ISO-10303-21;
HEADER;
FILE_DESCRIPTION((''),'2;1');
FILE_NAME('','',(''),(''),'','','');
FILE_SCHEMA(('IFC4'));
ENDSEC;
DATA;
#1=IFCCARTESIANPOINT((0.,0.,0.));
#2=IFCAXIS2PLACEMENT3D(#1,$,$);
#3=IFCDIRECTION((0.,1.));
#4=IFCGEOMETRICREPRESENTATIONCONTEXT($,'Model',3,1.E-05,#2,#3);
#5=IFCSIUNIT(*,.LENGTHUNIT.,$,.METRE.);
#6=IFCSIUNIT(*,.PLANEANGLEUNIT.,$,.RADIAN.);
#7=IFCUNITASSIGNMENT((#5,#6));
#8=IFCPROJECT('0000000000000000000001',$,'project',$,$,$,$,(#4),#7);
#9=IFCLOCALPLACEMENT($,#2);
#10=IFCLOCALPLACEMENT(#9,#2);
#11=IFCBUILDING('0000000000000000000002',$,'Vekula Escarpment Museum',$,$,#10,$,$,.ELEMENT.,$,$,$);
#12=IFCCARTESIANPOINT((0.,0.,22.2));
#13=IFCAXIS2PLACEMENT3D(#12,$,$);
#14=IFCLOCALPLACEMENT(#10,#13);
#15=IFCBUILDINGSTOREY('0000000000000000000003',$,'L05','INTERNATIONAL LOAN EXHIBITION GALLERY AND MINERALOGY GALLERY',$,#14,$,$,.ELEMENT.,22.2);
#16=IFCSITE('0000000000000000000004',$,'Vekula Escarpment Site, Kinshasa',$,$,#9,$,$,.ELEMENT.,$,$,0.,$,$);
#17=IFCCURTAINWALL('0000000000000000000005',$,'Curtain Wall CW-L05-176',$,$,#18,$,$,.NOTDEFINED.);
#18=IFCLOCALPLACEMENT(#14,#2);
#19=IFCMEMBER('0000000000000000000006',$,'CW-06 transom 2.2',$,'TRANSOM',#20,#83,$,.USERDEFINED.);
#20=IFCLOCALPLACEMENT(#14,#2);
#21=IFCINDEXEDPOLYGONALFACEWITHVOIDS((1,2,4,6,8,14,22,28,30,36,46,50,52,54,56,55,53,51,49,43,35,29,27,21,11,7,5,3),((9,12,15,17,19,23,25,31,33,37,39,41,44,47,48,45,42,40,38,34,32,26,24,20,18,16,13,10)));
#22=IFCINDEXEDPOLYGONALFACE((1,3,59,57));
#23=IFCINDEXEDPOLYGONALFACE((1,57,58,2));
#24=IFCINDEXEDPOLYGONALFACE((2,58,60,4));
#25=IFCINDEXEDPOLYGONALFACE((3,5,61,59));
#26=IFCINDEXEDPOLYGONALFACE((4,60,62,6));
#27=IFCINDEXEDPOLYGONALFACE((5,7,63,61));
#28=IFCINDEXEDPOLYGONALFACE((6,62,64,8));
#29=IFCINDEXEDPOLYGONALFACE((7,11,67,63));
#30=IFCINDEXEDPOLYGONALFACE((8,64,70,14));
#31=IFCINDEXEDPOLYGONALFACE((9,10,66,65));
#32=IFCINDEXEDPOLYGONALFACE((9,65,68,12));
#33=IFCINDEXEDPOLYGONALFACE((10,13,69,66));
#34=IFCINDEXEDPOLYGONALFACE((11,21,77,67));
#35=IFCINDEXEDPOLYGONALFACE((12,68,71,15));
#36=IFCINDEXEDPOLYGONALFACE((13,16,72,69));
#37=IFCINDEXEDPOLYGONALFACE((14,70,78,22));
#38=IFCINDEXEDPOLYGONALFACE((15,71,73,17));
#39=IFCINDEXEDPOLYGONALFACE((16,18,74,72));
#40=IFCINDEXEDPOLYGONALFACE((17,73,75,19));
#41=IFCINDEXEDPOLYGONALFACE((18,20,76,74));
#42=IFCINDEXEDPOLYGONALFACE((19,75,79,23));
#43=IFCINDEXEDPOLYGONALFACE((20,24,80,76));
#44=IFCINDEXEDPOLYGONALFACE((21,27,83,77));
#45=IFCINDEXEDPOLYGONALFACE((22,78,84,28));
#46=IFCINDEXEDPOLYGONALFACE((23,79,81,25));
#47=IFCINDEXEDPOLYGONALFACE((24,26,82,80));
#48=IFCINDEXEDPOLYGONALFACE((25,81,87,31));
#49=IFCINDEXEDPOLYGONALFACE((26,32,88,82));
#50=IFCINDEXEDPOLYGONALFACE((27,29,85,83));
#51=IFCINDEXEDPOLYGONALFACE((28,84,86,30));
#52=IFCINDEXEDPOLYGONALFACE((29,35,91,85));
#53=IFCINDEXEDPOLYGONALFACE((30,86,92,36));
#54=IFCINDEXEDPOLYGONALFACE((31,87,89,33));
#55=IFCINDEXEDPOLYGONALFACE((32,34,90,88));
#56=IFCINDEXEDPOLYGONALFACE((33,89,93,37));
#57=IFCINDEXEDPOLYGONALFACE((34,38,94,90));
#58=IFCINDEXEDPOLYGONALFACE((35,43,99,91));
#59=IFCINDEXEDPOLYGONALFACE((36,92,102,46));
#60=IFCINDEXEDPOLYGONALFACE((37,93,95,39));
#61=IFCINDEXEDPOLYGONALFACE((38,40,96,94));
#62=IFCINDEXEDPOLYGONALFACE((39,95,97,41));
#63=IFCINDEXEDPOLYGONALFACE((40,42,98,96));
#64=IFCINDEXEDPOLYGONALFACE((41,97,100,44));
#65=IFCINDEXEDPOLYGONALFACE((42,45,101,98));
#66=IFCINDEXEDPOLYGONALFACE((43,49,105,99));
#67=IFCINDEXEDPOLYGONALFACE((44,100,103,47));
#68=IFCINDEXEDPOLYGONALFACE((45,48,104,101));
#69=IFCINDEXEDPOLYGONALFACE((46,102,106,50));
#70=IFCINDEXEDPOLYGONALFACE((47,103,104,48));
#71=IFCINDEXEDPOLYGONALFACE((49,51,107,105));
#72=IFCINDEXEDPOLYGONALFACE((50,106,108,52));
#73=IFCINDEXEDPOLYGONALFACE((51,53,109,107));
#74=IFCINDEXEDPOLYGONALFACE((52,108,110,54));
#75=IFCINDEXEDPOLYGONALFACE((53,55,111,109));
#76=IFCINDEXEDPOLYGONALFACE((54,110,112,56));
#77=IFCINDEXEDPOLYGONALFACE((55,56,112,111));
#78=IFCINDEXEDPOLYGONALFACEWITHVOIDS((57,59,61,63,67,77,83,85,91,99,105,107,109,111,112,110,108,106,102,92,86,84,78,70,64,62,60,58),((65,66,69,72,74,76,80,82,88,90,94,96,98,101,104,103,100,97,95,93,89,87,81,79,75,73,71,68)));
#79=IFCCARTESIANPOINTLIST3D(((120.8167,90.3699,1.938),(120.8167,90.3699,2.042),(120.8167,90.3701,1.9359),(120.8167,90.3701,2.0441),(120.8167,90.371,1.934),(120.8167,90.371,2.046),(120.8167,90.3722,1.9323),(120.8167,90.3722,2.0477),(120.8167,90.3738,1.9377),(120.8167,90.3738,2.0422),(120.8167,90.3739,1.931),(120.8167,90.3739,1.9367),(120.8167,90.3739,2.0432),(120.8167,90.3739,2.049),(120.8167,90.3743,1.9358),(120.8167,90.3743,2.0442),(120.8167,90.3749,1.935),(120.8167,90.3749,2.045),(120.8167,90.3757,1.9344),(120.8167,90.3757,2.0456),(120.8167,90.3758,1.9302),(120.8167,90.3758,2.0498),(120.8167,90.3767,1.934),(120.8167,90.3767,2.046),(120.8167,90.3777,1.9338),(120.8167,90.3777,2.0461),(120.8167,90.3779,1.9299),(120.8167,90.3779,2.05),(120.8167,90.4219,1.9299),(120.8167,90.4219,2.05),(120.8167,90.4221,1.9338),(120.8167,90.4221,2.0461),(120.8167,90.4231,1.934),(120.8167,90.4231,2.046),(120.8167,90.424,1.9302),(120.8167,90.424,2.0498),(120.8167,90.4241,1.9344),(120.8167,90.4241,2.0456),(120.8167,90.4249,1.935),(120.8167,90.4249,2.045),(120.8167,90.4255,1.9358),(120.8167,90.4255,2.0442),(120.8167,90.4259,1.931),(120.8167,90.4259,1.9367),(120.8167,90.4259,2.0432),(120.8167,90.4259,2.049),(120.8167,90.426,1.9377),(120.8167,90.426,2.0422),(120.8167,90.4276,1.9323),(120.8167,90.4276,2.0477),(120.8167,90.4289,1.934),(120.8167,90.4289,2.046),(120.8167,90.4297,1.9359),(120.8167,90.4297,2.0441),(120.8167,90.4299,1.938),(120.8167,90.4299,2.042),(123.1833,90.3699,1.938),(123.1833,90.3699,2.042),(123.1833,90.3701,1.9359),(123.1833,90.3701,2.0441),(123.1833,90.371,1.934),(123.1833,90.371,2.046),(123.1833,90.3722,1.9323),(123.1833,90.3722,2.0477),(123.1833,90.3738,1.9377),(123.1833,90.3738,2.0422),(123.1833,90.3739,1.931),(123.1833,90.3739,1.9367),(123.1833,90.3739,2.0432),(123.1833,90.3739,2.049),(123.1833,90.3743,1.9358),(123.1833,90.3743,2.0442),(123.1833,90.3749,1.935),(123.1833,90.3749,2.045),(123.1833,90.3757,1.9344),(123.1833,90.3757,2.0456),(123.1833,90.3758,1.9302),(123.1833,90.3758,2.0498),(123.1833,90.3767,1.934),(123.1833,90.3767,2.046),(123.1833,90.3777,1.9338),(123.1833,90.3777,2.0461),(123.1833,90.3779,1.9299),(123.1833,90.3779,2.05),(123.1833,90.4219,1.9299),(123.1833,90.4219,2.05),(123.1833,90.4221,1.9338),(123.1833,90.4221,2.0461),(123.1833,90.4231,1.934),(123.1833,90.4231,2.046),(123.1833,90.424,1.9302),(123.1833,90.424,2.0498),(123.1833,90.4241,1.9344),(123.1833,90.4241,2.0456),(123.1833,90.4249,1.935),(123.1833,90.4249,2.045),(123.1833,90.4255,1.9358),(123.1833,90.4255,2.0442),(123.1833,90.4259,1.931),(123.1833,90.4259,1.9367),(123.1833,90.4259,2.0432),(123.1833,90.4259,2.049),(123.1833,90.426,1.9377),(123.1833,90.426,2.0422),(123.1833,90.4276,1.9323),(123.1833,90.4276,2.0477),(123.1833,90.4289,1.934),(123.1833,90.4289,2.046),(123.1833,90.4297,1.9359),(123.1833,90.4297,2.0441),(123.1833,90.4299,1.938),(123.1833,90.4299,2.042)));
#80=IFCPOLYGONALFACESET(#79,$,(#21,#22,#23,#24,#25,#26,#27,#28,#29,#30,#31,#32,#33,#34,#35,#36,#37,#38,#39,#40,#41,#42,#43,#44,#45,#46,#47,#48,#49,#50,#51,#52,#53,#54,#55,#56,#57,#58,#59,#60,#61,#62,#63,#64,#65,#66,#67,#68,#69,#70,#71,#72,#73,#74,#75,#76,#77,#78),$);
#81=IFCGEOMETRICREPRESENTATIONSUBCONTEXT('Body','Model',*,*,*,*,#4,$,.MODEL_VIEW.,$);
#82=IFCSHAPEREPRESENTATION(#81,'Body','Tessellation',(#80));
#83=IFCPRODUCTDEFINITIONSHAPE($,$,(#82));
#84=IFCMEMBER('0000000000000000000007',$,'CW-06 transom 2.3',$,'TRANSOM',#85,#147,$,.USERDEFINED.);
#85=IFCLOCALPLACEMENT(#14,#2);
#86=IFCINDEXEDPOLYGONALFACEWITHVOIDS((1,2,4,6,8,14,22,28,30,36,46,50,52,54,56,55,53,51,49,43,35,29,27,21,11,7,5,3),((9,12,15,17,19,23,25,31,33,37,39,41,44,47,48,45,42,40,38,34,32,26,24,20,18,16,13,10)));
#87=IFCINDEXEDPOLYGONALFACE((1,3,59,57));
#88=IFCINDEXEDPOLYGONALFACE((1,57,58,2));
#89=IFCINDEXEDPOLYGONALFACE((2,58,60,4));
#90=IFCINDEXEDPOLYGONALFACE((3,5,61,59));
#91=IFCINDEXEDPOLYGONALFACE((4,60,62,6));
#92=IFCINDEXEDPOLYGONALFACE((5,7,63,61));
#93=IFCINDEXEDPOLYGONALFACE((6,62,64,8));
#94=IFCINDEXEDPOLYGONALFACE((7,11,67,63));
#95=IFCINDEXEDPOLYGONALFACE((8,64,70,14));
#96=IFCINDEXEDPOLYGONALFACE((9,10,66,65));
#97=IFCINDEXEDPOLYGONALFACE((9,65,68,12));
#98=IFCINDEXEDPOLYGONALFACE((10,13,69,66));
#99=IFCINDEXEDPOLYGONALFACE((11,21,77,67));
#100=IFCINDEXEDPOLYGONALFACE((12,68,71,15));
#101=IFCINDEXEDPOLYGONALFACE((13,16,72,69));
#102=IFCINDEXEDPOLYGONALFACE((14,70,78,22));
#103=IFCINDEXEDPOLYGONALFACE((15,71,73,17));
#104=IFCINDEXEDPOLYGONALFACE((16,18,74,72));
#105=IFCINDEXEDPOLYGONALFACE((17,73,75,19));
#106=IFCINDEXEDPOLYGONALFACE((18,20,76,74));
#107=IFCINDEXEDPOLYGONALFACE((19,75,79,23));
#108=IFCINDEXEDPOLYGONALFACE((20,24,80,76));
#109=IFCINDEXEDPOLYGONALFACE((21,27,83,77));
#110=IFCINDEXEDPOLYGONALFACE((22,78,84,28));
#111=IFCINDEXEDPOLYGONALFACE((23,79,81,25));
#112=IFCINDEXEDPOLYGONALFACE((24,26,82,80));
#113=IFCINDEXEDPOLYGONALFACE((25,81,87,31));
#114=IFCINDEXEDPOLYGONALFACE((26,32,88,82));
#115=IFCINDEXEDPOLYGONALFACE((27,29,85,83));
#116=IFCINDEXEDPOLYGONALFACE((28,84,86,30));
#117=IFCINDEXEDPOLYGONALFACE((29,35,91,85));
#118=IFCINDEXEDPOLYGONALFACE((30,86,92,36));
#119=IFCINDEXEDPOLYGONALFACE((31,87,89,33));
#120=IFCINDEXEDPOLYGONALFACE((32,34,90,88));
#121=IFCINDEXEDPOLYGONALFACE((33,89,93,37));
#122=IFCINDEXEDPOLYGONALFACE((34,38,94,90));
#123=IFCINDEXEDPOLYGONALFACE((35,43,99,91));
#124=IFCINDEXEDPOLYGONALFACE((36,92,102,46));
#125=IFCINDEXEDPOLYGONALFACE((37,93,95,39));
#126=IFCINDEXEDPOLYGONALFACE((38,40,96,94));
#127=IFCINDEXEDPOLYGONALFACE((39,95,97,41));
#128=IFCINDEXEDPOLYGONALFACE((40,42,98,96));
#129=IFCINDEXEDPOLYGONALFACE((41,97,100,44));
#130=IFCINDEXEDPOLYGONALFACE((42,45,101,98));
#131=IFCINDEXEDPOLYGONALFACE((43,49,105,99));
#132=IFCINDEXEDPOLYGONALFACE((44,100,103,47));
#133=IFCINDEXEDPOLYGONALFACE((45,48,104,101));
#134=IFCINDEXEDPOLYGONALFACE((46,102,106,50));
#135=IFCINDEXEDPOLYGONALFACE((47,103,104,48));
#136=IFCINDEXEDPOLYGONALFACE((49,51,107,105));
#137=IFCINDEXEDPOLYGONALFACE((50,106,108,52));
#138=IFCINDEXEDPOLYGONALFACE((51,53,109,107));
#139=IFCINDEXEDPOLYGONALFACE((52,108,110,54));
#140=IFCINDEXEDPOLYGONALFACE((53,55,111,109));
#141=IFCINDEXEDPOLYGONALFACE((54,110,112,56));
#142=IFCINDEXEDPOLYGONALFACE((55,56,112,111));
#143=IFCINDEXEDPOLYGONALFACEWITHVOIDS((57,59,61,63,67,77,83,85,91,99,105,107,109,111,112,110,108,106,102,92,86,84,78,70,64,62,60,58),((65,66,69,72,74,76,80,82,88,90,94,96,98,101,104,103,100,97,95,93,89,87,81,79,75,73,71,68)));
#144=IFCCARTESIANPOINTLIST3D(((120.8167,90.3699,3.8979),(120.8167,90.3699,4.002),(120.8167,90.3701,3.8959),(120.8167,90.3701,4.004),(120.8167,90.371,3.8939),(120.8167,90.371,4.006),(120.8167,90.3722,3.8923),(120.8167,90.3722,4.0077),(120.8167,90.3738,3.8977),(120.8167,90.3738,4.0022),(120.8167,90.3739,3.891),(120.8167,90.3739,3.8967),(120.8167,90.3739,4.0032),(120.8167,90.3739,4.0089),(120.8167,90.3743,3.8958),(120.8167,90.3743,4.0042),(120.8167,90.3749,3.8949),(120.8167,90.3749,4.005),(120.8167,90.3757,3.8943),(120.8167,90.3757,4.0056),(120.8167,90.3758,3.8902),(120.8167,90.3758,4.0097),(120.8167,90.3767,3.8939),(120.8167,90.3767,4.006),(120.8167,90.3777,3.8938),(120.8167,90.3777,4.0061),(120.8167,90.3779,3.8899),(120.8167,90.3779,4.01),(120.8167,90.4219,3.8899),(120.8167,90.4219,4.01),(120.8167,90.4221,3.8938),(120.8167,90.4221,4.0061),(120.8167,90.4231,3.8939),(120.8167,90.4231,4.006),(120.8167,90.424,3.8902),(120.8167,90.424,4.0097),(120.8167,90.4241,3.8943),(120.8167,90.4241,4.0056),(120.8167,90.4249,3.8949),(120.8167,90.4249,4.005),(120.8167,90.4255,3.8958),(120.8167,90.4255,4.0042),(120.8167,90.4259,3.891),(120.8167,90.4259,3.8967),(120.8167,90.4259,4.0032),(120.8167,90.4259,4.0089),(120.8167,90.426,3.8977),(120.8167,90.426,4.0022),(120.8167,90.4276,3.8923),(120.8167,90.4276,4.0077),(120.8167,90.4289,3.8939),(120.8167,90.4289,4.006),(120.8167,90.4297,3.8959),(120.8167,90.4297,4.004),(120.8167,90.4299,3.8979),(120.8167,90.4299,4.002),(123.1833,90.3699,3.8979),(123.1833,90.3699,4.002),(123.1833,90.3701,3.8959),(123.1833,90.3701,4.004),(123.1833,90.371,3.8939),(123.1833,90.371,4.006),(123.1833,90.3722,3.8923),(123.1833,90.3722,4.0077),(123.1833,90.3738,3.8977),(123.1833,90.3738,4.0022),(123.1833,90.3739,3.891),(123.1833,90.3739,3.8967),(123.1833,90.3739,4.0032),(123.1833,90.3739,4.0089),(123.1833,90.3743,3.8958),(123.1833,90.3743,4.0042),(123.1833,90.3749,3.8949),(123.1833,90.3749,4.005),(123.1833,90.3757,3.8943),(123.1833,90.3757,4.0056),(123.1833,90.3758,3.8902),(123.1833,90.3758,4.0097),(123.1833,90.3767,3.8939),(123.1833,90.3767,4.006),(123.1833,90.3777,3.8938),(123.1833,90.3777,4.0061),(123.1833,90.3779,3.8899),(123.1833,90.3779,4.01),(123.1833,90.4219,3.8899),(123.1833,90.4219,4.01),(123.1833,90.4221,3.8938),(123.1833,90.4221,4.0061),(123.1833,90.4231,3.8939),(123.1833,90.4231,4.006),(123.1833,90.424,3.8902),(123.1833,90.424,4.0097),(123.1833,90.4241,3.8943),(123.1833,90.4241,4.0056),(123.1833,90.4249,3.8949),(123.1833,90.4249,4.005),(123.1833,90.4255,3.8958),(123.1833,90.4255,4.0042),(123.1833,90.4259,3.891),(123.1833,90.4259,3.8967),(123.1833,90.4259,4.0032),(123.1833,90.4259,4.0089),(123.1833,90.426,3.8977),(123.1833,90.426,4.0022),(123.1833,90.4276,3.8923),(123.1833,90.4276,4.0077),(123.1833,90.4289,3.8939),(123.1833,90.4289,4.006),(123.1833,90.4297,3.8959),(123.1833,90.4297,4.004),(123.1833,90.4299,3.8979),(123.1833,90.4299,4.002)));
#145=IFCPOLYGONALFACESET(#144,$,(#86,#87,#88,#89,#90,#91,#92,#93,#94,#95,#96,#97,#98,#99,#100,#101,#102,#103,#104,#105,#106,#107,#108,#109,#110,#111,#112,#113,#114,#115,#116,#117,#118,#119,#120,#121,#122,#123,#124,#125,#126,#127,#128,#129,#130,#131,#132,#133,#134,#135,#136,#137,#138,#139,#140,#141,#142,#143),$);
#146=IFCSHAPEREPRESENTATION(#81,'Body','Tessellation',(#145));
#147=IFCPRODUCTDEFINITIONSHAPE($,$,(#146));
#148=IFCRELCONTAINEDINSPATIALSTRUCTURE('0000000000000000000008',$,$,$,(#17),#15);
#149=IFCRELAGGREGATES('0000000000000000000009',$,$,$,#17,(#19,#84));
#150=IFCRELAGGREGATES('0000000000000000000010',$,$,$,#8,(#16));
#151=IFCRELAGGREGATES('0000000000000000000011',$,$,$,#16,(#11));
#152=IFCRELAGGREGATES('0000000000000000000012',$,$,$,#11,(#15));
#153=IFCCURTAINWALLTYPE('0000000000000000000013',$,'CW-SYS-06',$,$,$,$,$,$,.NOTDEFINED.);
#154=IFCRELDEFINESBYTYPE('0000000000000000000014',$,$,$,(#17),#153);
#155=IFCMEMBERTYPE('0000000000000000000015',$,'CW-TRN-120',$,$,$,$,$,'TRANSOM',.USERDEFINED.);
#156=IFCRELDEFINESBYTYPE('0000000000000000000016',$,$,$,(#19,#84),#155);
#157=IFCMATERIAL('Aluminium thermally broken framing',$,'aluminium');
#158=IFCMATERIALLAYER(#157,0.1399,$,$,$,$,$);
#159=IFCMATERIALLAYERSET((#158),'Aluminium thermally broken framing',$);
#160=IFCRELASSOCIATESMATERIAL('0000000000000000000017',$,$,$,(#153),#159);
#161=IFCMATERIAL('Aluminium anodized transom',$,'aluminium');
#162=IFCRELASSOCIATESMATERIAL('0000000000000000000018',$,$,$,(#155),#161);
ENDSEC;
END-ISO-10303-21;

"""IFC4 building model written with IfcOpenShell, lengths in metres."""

from ifc_helpers import new_model, si_unit, direction, frame, origin, origin_2d, place, context, subcontext, project, spatial, hollow_rectangle, extrude, material, layer, layer_set, material_profile, profile_set, type_object, element, aggregate, save


model = new_model("IFC4")

# Units and contexts
model_context = context("Model", 3, precision=1e-05, world=origin(), true_north=direction((0.0, 1.0)))
body_context = subcontext(model_context, "Body", "Model", "MODEL_VIEW")
ifc_project = project(units=[si_unit("LENGTHUNIT", "METRE"), si_unit("PLANEANGLEUNIT", "RADIAN")], contexts=[model_context])

# Site, building, storey
site_placement = place(None, origin())
site = spatial("IfcSite", under=ifc_project, at=site_placement, Name="Vekula Escarpment Site, Kinshasa", CompositionType="ELEMENT", RefElevation=0.0)
building_placement = place(site_placement, origin())
building = spatial("IfcBuilding", under=site, at=building_placement, Name="Vekula Escarpment Museum", CompositionType="ELEMENT")
storey_placement = place(building_placement, frame((0.0, 0.0, 22.2)))
storey = spatial("IfcBuildingStorey", under=building, at=storey_placement, Name="L05", Description="INTERNATIONAL LOAN EXHIBITION GALLERY AND MINERALOGY GALLERY", CompositionType="ELEMENT", Elevation=22.2)

# Curtain wall, members
ifc_material_1 = material(Name="Aluminium thermally broken framing", Category="aluminium")
ifc_layer_1 = layer(ifc_material_1, 0.1399)
ifc_layer_set_1 = layer_set([ifc_layer_1], Name="Aluminium thermally broken framing")
curtain_wall_type = type_object("IfcCurtainWallType", Name="CW-SYS-06", PredefinedType="NOTDEFINED", material=ifc_layer_set_1)
curtain_wall_placement = place(storey_placement, origin())
curtain_wall = element("IfcCurtainWall", 1, at=curtain_wall_placement, inside=storey, type_object=curtain_wall_type, Name="Curtain Wall CW-L05-176", PredefinedType="NOTDEFINED")
ifc_material_2 = material(Name="Aluminium anodized transom", Category="aluminium")
ifc_material_profile_1 = material_profile(ifc_material_2, hollow_rectangle(XDim=0.0601, YDim=0.1201, WallThickness=0.0039, InnerFilletRadius=0.0039, OuterFilletRadius=0.0081, at=origin_2d()), Name="ALU 120x60x4")
ifc_profile_set_1 = profile_set([ifc_material_profile_1], Name="Aluminium anodized transom")
member_type_1 = type_object("IfcMemberType", Name="CW-TRN-120", ElementType="TRANSOM", PredefinedType="USERDEFINED", material=ifc_profile_set_1)
member_1_placement = place(storey_placement, frame((123.1833, 90.3999, 1.99), z_axis=(-1.0, 0.0, 0.0), x_axis=(0.0, -1.0, 0.0)))
member_1 = element("IfcMember", 2, at=member_1_placement, type_object=member_type_1, Name="CW-06 transom 2.2", ObjectType="TRANSOM", PredefinedType="USERDEFINED", context=body_context, shape_type="SweptSolid", body=[
    extrude(hollow_rectangle(XDim=0.0601, YDim=0.1201, WallThickness=0.0039, InnerFilletRadius=0.0039, OuterFilletRadius=0.0081, at=origin_2d()), origin(), (0.0, 0.0, 1.0), 2.3667),
])
member_2_placement = place(storey_placement, frame((123.1833, 90.3999, 3.95), z_axis=(-1.0, 0.0, 0.0), x_axis=(0.0, -1.0, 0.0)))
member_2 = element("IfcMember", 3, at=member_2_placement, type_object=member_type_1, Name="CW-06 transom 2.3", ObjectType="TRANSOM", PredefinedType="USERDEFINED", context=body_context, shape_type="SweptSolid", body=[
    extrude(hollow_rectangle(XDim=0.0601, YDim=0.1201, WallThickness=0.0039, InnerFilletRadius=0.0039, OuterFilletRadius=0.0081, at=origin_2d()), origin(), (0.0, 0.0, 1.0), 2.3667),
])

aggregate(curtain_wall, [member_1, member_2])

save(model, "model.ifc")
